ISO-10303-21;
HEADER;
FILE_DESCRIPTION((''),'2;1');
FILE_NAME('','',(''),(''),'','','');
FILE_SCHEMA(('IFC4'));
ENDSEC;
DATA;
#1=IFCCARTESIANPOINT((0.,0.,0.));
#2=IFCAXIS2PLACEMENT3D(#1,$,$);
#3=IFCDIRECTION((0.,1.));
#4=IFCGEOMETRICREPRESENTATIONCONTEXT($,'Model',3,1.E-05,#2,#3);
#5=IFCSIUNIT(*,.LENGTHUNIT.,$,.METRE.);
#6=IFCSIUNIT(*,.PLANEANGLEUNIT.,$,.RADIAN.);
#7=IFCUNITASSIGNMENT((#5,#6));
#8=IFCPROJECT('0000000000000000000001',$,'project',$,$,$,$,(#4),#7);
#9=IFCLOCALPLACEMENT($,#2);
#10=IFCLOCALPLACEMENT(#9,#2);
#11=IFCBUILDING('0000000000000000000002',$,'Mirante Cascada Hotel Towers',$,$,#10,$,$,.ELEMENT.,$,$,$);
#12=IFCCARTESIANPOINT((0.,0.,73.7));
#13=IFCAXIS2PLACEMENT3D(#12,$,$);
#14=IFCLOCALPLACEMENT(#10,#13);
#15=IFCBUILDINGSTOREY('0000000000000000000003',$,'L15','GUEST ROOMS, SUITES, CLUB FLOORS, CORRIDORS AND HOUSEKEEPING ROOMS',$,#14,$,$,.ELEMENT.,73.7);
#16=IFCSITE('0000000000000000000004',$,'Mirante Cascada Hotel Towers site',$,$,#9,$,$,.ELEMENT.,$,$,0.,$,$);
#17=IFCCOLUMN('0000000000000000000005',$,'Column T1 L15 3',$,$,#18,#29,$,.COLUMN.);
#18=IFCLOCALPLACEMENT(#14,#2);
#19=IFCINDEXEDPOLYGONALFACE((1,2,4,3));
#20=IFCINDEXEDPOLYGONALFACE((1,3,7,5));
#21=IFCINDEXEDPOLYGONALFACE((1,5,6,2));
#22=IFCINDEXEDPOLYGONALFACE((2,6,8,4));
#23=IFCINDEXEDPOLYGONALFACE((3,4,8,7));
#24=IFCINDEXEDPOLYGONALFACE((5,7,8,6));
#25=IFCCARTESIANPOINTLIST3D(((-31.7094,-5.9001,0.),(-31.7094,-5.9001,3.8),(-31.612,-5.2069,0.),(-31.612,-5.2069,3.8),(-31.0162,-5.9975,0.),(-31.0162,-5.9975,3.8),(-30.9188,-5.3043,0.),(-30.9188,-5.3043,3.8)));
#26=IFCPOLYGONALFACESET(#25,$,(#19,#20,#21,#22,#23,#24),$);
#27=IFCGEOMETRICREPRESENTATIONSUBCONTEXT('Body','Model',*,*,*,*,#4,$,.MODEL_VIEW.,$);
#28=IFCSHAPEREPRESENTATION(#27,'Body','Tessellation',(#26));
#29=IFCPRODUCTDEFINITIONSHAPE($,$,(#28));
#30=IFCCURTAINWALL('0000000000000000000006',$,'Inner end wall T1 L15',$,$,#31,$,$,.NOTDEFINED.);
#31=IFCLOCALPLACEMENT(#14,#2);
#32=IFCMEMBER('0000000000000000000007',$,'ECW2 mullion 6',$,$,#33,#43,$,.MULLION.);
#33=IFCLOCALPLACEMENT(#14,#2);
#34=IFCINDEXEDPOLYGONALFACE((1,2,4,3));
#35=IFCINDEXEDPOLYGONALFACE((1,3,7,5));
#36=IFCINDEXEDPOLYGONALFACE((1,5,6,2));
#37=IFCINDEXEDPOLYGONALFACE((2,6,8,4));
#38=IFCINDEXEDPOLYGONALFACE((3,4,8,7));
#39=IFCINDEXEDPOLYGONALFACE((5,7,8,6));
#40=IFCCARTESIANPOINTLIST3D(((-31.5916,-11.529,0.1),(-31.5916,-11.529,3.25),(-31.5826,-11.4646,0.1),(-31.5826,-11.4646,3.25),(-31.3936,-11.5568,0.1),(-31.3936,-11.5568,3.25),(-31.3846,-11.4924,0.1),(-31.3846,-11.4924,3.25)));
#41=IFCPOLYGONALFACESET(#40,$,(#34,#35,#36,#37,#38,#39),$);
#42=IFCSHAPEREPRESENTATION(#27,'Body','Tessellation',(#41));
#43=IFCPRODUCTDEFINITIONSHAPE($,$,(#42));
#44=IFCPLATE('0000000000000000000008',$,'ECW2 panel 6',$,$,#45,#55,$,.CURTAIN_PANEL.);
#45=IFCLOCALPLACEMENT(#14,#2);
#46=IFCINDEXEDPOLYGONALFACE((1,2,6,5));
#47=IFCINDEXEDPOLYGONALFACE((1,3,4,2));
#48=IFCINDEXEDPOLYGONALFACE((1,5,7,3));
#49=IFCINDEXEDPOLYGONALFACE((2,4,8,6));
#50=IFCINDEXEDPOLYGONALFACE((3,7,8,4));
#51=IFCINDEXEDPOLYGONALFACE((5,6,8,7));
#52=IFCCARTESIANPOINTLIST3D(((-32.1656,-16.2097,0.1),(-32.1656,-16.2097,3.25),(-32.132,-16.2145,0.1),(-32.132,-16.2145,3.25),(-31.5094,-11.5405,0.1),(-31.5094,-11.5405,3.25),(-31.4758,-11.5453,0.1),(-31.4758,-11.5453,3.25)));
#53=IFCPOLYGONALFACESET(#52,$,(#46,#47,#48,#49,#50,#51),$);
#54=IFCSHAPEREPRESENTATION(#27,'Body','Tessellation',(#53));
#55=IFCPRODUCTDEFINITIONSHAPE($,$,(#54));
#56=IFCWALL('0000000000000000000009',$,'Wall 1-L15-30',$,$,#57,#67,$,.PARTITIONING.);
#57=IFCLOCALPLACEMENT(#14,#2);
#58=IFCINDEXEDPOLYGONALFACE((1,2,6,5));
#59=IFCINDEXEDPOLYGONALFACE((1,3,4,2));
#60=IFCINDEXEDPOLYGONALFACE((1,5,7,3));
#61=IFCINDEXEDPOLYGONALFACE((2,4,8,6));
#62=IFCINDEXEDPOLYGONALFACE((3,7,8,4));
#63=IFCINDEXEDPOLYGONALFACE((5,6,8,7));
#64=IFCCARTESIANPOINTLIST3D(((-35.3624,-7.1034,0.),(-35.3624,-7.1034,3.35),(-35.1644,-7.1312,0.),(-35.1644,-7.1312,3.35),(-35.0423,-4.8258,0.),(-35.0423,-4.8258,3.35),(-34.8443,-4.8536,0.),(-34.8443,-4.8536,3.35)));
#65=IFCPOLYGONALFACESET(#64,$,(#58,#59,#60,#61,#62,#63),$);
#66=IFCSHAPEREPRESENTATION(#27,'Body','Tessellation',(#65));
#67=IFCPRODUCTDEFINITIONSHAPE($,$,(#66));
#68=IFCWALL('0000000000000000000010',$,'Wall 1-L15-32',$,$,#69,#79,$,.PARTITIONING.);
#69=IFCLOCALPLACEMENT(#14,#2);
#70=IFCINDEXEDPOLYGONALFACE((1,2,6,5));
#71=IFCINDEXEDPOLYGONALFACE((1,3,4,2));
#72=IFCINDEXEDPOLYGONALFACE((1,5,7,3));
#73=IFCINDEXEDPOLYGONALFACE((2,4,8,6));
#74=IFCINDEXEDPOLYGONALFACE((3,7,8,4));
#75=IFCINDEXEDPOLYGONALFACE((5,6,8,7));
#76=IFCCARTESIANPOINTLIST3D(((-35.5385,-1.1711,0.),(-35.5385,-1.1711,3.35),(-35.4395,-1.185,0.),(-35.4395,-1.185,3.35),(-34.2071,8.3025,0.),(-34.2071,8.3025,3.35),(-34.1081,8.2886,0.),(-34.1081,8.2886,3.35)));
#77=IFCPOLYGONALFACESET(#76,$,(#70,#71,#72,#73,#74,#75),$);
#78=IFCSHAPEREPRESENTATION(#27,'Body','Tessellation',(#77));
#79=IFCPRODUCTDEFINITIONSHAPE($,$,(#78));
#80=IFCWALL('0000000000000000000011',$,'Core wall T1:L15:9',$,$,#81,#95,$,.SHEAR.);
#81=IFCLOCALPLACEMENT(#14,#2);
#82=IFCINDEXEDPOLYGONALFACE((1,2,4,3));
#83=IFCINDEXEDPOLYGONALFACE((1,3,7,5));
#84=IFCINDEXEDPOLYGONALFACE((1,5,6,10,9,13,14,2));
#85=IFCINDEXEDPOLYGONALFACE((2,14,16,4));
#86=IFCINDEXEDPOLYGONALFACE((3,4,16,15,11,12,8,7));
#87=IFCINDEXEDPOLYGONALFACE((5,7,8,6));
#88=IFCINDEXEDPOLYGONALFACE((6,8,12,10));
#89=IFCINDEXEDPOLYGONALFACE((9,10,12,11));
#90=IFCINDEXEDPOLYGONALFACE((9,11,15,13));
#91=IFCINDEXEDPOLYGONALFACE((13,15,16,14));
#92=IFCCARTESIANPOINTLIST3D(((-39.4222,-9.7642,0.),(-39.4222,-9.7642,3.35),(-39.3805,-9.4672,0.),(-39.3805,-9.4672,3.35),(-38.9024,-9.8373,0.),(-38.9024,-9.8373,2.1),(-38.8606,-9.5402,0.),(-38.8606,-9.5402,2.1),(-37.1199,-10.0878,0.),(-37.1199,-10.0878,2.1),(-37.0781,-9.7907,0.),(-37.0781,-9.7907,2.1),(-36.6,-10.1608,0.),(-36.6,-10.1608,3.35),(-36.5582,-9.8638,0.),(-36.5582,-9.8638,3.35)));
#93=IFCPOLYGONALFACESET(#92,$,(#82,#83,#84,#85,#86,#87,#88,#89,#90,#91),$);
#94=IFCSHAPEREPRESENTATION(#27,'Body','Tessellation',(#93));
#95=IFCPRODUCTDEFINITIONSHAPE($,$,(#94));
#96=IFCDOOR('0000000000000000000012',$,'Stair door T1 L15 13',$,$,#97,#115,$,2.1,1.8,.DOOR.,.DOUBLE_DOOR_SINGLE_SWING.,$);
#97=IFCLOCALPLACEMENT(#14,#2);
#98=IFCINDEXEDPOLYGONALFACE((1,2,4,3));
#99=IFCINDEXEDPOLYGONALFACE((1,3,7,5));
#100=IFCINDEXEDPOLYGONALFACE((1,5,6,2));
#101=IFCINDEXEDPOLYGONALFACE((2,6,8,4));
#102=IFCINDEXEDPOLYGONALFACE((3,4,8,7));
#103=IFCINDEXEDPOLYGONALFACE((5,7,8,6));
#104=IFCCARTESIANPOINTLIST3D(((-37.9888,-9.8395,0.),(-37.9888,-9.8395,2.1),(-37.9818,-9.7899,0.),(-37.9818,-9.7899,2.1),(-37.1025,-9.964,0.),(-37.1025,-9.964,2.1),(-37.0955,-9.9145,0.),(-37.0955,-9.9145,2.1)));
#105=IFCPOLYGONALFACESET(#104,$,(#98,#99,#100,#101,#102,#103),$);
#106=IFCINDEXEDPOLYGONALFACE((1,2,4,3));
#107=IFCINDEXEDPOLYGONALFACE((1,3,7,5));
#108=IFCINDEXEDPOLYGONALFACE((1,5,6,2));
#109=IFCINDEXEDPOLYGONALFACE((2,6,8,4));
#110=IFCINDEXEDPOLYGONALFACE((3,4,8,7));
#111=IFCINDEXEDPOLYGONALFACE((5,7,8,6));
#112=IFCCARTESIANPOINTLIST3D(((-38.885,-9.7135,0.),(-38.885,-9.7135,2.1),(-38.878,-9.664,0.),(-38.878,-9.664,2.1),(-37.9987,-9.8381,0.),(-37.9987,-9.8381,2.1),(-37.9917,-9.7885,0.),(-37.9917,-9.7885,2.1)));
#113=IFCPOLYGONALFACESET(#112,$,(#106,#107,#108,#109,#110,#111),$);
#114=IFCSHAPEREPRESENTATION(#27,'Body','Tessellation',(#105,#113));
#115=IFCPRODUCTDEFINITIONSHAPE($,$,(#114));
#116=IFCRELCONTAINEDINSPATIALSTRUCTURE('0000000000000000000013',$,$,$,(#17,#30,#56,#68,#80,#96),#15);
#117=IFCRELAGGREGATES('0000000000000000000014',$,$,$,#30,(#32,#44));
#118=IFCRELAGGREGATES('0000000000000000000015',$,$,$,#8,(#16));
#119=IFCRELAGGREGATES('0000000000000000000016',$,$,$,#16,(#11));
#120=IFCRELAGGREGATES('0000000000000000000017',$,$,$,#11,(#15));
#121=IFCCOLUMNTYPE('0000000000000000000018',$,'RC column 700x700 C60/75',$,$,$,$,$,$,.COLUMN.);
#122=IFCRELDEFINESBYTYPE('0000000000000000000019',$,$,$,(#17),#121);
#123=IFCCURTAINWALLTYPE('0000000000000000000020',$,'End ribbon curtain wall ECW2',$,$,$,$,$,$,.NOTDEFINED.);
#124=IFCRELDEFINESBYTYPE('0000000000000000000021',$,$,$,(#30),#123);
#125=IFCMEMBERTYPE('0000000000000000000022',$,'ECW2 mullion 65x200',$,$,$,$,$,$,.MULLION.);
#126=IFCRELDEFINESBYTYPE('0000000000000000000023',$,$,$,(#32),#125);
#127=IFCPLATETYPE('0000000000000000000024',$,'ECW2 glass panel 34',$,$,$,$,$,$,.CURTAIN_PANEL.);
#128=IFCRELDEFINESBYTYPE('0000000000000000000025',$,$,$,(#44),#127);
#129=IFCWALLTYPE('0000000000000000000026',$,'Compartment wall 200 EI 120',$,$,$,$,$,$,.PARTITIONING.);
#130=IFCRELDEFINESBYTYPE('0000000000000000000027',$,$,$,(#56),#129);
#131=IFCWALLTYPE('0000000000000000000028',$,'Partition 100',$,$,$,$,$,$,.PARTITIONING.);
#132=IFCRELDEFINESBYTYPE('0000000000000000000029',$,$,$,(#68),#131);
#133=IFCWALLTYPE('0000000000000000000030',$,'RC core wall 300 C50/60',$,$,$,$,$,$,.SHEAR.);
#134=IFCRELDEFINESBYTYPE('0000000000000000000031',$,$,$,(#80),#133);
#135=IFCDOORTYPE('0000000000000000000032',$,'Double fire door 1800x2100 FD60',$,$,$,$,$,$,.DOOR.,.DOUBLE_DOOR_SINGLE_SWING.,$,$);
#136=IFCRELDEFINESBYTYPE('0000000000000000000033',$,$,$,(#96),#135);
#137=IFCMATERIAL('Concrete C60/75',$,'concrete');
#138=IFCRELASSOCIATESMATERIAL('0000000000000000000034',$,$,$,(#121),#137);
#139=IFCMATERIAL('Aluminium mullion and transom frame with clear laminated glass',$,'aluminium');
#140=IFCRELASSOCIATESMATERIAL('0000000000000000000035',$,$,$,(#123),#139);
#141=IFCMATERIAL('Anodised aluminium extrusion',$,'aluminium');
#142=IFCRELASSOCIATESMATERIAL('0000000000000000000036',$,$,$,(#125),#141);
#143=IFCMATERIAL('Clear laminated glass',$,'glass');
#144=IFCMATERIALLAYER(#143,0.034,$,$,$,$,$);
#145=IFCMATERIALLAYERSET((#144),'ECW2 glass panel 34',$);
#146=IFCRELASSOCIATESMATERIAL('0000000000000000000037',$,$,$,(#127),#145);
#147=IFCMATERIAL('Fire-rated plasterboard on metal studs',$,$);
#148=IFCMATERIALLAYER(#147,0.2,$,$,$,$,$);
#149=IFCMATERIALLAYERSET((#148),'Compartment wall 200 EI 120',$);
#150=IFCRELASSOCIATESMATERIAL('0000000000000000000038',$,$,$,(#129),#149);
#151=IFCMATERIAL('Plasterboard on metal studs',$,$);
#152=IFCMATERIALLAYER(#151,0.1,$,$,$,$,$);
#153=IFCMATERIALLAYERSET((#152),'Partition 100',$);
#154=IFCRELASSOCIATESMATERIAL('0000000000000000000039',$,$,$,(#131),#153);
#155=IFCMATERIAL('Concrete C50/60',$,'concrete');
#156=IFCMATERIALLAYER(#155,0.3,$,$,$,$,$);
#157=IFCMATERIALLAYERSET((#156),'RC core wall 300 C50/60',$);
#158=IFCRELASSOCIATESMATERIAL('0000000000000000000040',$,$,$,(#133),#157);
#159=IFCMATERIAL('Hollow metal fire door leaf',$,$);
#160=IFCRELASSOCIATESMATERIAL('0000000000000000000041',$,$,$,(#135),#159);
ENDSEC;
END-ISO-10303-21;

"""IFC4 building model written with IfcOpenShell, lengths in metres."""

from ifc_helpers import new_model, si_unit, direction, frame, frame_2d, origin, origin_2d, place, context, subcontext, project, spatial, rectangle, extrude, material, layer, layer_set, material_profile, profile_set, type_object, element, fill, aggregate, save


model = new_model("IFC4")

# Units and contexts
model_context = context("Model", 3, precision=1e-05, world=origin(), true_north=direction((0.0, 1.0)))
body_context = subcontext(model_context, "Body", "Model", "MODEL_VIEW")
ifc_project = project(units=[si_unit("LENGTHUNIT", "METRE"), si_unit("PLANEANGLEUNIT", "RADIAN")], contexts=[model_context])

# Site, building, storey
site_placement = place(None, origin())
site = spatial("IfcSite", under=ifc_project, at=site_placement, Name="Mirante Cascada Hotel Towers site", CompositionType="ELEMENT", RefElevation=0.0)
building_placement = place(site_placement, origin())
building = spatial("IfcBuilding", under=site, at=building_placement, Name="Mirante Cascada Hotel Towers", CompositionType="ELEMENT")
storey_placement = place(building_placement, frame((0.0, 0.0, 73.7)))
storey = spatial("IfcBuildingStorey", under=building, at=storey_placement, Name="L15", Description="GUEST ROOMS, SUITES, CLUB FLOORS, CORRIDORS AND HOUSEKEEPING ROOMS", CompositionType="ELEMENT", Elevation=73.7)

# Column
ifc_material_1 = material(Name="Concrete C60/75", Category="concrete")
ifc_material_profile_1 = material_profile(ifc_material_1, rectangle(XDim=0.7, YDim=0.7, at=origin_2d()), Name="RC column 700x700 C60/75")
ifc_profile_set_1 = profile_set([ifc_material_profile_1], Name="Concrete C60/75")
column_type = type_object("IfcColumnType", Name="RC column 700x700 C60/75", PredefinedType="COLUMN", material=ifc_profile_set_1)
column_placement = place(storey_placement, frame((-31.3141, -5.6022, 0.0), z_axis=(0.0, 0.0, 1.0), x_axis=(-0.990268, 0.139173, 0.0)))
element("IfcColumn", 1, at=column_placement, inside=storey, type_object=column_type, Name="Column T1 L15 3", PredefinedType="COLUMN", context=body_context, shape_type="SweptSolid", body=[
    extrude(rectangle(XDim=0.7, YDim=0.7, at=origin_2d()), origin(), (0.0, 0.0, 1.0), 3.8),
])

# Curtain wall, member, plate
ifc_material_2 = material(Name="Aluminium mullion and transom frame with clear laminated glass", Category="aluminium")
curtain_wall_type = type_object("IfcCurtainWallType", Name="End ribbon curtain wall ECW2", PredefinedType="NOTDEFINED", material=ifc_material_2)
curtain_wall_placement = place(storey_placement, origin())
curtain_wall = element("IfcCurtainWall", 2, at=curtain_wall_placement, inside=storey, type_object=curtain_wall_type, Name="Inner end wall T1 L15", PredefinedType="NOTDEFINED")
ifc_material_3 = material(Name="Anodised aluminium extrusion", Category="aluminium")
ifc_material_profile_2 = material_profile(ifc_material_3, rectangle(XDim=0.2, YDim=0.065, at=origin_2d()), Name="ECW2 MULLION 65x200")
ifc_profile_set_2 = profile_set([ifc_material_profile_2], Name="Anodised aluminium extrusion")
member_type = type_object("IfcMemberType", Name="ECW2 mullion 65x200", PredefinedType="MULLION", material=ifc_profile_set_2)
member_placement = place(storey_placement, frame((-31.4881, -11.5107, 0.1), z_axis=(0.0, 0.0, 1.0), x_axis=(0.990268, -0.139173, 0.0)))
member = element("IfcMember", 3, at=member_placement, type_object=member_type, Name="ECW2 mullion 6", PredefinedType="MULLION", context=body_context, shape_type="SweptSolid", body=[
    extrude(rectangle(XDim=0.2, YDim=0.065, at=origin_2d()), origin(), (0.0, 0.0, 1.0), 3.15),
])
ifc_material_4 = material(Name="Clear laminated glass", Category="glass")
ifc_layer_1 = layer(ifc_material_4, 0.034)
ifc_layer_set_1 = layer_set([ifc_layer_1], Name="ECW2 glass panel 34")
plate_type = type_object("IfcPlateType", Name="ECW2 glass panel 34", PredefinedType="CURTAIN_PANEL", material=ifc_layer_set_1)
plate_placement = place(storey_placement, frame((-31.8207, -13.8775, 0.1), z_axis=(0.0, 0.0, 1.0), x_axis=(-0.139173, -0.990268, 0.0)))
plate = element("IfcPlate", 4, at=plate_placement, type_object=plate_type, Name="ECW2 panel 6", PredefinedType="CURTAIN_PANEL", context=body_context, shape_type="SweptSolid", body=[
    extrude(rectangle(XDim=4.7151, YDim=0.034, at=origin_2d()), origin(), (0.0, 0.0, 1.0), 3.15),
])
aggregate(curtain_wall, [member, plate])

# Walls
ifc_material_5 = material(Name="Fire-rated plasterboard on metal studs")
ifc_layer_2 = layer(ifc_material_5, 0.2)
ifc_layer_set_2 = layer_set([ifc_layer_2], Name="Compartment wall 200 EI 120")
wall_type_1 = type_object("IfcWallType", Name="Compartment wall 200 EI 120", PredefinedType="PARTITIONING", material=ifc_layer_set_2)
wall_1_placement = place(storey_placement, frame((-35.2634, -7.1173, 0.0), z_axis=(0.0, 0.0, 1.0), x_axis=(0.139175, 0.990268, 0.0)))
element("IfcWall", 5, at=wall_1_placement, inside=storey, type_object=wall_type_1, Name="Wall 1-L15-30", PredefinedType="PARTITIONING", context=body_context, shape_type="SweptSolid", body=[
    extrude(rectangle(XDim=2.3, YDim=0.2, at=frame_2d((1.15, 0.0))), origin(), (0.0, 0.0, 1.0), 3.35),
])
ifc_material_6 = material(Name="Plasterboard on metal studs")
ifc_layer_3 = layer(ifc_material_6, 0.1)
ifc_layer_set_3 = layer_set([ifc_layer_3], Name="Partition 100")
wall_type_2 = type_object("IfcWallType", Name="Partition 100", PredefinedType="PARTITIONING", material=ifc_layer_set_3)
wall_2_placement = place(storey_placement, frame((-35.489, -1.1781, 0.0), z_axis=(0.0, 0.0, 1.0), x_axis=(0.13917, 0.990268, 0.0)))
element("IfcWall", 6, at=wall_2_placement, inside=storey, type_object=wall_type_2, Name="Wall 1-L15-32", PredefinedType="PARTITIONING", context=body_context, shape_type="SweptSolid", body=[
    extrude(rectangle(XDim=9.5667, YDim=0.1, at=frame_2d((4.7834, 0.0))), origin(), (0.0, 0.0, 1.0), 3.35),
])

# Wall, opening, door
ifc_material_7 = material(Name="Concrete C50/60", Category="concrete")
ifc_layer_4 = layer(ifc_material_7, 0.3)
ifc_layer_set_4 = layer_set([ifc_layer_4], Name="RC core wall 300 C50/60")
wall_type_3 = type_object("IfcWallType", Name="RC core wall 300 C50/60", PredefinedType="SHEAR", material=ifc_layer_set_4)
wall_3_placement = place(storey_placement, frame((-36.5791, -10.0123, 0.0), z_axis=(0.0, 0.0, 1.0), x_axis=(-0.99027, 0.139156, 0.0)))
wall_3 = element("IfcWall", 7, at=wall_3_placement, inside=storey, type_object=wall_type_3, Name="Core wall T1:L15:9", PredefinedType="SHEAR", context=body_context, shape_type="SweptSolid", body=[
    extrude(rectangle(XDim=2.85, YDim=0.3, at=frame_2d((1.425, 0.0))), origin(), (0.0, 0.0, 1.0), 3.35),
])
opening_1_placement = place(wall_3_placement, frame((0.525, 0.0, 0.0)))
opening_1 = element("IfcOpeningElement", 8, at=opening_1_placement, cuts=wall_3, PredefinedType="OPENING", context=body_context, shape_type="SweptSolid", body=[
    extrude(rectangle(XDim=1.8, YDim=2.1, at=frame_2d((0.9, 1.05))), frame((0.0, 0.15, 0.0), z_axis=(0.0, -1.0, 0.0), x_axis=(1.0, 0.0, 0.0)), (0.0, 0.0, 1.0), 0.3),
])
ifc_material_8 = material(Name="Hollow metal fire door leaf")
door_type_1 = type_object("IfcDoorType", Name="Double fire door 1800x2100 FD60", OperationType="DOUBLE_DOOR_SINGLE_SWING", PredefinedType="DOOR", material=ifc_material_8)
door_1_placement = place(opening_1_placement, origin())
door_1 = element("IfcDoor", 9, at=door_1_placement, inside=storey, type_object=door_type_1, Name="Stair door T1 L15 13", OperationType="DOUBLE_DOOR_SINGLE_SWING", OverallHeight=2.1, OverallWidth=1.8, PredefinedType="DOOR", context=body_context, shape_type="SweptSolid", body=[
    extrude(rectangle(XDim=0.895, YDim=2.1, at=frame_2d((0.4475, 1.05))), frame((0.0, 0.025, 0.0), z_axis=(0.0, -1.0, 0.0), x_axis=(1.0, 0.0, 0.0)), (0.0, 0.0, 1.0), 0.05),
    extrude(rectangle(XDim=0.895, YDim=2.1, at=frame_2d((1.3525, 1.05))), frame((0.0, 0.025, 0.0), z_axis=(0.0, -1.0, 0.0), x_axis=(1.0, 0.0, 0.0)), (0.0, 0.0, 1.0), 0.05),
])
fill(opening_1, door_1)

save(model, "model.ifc")
